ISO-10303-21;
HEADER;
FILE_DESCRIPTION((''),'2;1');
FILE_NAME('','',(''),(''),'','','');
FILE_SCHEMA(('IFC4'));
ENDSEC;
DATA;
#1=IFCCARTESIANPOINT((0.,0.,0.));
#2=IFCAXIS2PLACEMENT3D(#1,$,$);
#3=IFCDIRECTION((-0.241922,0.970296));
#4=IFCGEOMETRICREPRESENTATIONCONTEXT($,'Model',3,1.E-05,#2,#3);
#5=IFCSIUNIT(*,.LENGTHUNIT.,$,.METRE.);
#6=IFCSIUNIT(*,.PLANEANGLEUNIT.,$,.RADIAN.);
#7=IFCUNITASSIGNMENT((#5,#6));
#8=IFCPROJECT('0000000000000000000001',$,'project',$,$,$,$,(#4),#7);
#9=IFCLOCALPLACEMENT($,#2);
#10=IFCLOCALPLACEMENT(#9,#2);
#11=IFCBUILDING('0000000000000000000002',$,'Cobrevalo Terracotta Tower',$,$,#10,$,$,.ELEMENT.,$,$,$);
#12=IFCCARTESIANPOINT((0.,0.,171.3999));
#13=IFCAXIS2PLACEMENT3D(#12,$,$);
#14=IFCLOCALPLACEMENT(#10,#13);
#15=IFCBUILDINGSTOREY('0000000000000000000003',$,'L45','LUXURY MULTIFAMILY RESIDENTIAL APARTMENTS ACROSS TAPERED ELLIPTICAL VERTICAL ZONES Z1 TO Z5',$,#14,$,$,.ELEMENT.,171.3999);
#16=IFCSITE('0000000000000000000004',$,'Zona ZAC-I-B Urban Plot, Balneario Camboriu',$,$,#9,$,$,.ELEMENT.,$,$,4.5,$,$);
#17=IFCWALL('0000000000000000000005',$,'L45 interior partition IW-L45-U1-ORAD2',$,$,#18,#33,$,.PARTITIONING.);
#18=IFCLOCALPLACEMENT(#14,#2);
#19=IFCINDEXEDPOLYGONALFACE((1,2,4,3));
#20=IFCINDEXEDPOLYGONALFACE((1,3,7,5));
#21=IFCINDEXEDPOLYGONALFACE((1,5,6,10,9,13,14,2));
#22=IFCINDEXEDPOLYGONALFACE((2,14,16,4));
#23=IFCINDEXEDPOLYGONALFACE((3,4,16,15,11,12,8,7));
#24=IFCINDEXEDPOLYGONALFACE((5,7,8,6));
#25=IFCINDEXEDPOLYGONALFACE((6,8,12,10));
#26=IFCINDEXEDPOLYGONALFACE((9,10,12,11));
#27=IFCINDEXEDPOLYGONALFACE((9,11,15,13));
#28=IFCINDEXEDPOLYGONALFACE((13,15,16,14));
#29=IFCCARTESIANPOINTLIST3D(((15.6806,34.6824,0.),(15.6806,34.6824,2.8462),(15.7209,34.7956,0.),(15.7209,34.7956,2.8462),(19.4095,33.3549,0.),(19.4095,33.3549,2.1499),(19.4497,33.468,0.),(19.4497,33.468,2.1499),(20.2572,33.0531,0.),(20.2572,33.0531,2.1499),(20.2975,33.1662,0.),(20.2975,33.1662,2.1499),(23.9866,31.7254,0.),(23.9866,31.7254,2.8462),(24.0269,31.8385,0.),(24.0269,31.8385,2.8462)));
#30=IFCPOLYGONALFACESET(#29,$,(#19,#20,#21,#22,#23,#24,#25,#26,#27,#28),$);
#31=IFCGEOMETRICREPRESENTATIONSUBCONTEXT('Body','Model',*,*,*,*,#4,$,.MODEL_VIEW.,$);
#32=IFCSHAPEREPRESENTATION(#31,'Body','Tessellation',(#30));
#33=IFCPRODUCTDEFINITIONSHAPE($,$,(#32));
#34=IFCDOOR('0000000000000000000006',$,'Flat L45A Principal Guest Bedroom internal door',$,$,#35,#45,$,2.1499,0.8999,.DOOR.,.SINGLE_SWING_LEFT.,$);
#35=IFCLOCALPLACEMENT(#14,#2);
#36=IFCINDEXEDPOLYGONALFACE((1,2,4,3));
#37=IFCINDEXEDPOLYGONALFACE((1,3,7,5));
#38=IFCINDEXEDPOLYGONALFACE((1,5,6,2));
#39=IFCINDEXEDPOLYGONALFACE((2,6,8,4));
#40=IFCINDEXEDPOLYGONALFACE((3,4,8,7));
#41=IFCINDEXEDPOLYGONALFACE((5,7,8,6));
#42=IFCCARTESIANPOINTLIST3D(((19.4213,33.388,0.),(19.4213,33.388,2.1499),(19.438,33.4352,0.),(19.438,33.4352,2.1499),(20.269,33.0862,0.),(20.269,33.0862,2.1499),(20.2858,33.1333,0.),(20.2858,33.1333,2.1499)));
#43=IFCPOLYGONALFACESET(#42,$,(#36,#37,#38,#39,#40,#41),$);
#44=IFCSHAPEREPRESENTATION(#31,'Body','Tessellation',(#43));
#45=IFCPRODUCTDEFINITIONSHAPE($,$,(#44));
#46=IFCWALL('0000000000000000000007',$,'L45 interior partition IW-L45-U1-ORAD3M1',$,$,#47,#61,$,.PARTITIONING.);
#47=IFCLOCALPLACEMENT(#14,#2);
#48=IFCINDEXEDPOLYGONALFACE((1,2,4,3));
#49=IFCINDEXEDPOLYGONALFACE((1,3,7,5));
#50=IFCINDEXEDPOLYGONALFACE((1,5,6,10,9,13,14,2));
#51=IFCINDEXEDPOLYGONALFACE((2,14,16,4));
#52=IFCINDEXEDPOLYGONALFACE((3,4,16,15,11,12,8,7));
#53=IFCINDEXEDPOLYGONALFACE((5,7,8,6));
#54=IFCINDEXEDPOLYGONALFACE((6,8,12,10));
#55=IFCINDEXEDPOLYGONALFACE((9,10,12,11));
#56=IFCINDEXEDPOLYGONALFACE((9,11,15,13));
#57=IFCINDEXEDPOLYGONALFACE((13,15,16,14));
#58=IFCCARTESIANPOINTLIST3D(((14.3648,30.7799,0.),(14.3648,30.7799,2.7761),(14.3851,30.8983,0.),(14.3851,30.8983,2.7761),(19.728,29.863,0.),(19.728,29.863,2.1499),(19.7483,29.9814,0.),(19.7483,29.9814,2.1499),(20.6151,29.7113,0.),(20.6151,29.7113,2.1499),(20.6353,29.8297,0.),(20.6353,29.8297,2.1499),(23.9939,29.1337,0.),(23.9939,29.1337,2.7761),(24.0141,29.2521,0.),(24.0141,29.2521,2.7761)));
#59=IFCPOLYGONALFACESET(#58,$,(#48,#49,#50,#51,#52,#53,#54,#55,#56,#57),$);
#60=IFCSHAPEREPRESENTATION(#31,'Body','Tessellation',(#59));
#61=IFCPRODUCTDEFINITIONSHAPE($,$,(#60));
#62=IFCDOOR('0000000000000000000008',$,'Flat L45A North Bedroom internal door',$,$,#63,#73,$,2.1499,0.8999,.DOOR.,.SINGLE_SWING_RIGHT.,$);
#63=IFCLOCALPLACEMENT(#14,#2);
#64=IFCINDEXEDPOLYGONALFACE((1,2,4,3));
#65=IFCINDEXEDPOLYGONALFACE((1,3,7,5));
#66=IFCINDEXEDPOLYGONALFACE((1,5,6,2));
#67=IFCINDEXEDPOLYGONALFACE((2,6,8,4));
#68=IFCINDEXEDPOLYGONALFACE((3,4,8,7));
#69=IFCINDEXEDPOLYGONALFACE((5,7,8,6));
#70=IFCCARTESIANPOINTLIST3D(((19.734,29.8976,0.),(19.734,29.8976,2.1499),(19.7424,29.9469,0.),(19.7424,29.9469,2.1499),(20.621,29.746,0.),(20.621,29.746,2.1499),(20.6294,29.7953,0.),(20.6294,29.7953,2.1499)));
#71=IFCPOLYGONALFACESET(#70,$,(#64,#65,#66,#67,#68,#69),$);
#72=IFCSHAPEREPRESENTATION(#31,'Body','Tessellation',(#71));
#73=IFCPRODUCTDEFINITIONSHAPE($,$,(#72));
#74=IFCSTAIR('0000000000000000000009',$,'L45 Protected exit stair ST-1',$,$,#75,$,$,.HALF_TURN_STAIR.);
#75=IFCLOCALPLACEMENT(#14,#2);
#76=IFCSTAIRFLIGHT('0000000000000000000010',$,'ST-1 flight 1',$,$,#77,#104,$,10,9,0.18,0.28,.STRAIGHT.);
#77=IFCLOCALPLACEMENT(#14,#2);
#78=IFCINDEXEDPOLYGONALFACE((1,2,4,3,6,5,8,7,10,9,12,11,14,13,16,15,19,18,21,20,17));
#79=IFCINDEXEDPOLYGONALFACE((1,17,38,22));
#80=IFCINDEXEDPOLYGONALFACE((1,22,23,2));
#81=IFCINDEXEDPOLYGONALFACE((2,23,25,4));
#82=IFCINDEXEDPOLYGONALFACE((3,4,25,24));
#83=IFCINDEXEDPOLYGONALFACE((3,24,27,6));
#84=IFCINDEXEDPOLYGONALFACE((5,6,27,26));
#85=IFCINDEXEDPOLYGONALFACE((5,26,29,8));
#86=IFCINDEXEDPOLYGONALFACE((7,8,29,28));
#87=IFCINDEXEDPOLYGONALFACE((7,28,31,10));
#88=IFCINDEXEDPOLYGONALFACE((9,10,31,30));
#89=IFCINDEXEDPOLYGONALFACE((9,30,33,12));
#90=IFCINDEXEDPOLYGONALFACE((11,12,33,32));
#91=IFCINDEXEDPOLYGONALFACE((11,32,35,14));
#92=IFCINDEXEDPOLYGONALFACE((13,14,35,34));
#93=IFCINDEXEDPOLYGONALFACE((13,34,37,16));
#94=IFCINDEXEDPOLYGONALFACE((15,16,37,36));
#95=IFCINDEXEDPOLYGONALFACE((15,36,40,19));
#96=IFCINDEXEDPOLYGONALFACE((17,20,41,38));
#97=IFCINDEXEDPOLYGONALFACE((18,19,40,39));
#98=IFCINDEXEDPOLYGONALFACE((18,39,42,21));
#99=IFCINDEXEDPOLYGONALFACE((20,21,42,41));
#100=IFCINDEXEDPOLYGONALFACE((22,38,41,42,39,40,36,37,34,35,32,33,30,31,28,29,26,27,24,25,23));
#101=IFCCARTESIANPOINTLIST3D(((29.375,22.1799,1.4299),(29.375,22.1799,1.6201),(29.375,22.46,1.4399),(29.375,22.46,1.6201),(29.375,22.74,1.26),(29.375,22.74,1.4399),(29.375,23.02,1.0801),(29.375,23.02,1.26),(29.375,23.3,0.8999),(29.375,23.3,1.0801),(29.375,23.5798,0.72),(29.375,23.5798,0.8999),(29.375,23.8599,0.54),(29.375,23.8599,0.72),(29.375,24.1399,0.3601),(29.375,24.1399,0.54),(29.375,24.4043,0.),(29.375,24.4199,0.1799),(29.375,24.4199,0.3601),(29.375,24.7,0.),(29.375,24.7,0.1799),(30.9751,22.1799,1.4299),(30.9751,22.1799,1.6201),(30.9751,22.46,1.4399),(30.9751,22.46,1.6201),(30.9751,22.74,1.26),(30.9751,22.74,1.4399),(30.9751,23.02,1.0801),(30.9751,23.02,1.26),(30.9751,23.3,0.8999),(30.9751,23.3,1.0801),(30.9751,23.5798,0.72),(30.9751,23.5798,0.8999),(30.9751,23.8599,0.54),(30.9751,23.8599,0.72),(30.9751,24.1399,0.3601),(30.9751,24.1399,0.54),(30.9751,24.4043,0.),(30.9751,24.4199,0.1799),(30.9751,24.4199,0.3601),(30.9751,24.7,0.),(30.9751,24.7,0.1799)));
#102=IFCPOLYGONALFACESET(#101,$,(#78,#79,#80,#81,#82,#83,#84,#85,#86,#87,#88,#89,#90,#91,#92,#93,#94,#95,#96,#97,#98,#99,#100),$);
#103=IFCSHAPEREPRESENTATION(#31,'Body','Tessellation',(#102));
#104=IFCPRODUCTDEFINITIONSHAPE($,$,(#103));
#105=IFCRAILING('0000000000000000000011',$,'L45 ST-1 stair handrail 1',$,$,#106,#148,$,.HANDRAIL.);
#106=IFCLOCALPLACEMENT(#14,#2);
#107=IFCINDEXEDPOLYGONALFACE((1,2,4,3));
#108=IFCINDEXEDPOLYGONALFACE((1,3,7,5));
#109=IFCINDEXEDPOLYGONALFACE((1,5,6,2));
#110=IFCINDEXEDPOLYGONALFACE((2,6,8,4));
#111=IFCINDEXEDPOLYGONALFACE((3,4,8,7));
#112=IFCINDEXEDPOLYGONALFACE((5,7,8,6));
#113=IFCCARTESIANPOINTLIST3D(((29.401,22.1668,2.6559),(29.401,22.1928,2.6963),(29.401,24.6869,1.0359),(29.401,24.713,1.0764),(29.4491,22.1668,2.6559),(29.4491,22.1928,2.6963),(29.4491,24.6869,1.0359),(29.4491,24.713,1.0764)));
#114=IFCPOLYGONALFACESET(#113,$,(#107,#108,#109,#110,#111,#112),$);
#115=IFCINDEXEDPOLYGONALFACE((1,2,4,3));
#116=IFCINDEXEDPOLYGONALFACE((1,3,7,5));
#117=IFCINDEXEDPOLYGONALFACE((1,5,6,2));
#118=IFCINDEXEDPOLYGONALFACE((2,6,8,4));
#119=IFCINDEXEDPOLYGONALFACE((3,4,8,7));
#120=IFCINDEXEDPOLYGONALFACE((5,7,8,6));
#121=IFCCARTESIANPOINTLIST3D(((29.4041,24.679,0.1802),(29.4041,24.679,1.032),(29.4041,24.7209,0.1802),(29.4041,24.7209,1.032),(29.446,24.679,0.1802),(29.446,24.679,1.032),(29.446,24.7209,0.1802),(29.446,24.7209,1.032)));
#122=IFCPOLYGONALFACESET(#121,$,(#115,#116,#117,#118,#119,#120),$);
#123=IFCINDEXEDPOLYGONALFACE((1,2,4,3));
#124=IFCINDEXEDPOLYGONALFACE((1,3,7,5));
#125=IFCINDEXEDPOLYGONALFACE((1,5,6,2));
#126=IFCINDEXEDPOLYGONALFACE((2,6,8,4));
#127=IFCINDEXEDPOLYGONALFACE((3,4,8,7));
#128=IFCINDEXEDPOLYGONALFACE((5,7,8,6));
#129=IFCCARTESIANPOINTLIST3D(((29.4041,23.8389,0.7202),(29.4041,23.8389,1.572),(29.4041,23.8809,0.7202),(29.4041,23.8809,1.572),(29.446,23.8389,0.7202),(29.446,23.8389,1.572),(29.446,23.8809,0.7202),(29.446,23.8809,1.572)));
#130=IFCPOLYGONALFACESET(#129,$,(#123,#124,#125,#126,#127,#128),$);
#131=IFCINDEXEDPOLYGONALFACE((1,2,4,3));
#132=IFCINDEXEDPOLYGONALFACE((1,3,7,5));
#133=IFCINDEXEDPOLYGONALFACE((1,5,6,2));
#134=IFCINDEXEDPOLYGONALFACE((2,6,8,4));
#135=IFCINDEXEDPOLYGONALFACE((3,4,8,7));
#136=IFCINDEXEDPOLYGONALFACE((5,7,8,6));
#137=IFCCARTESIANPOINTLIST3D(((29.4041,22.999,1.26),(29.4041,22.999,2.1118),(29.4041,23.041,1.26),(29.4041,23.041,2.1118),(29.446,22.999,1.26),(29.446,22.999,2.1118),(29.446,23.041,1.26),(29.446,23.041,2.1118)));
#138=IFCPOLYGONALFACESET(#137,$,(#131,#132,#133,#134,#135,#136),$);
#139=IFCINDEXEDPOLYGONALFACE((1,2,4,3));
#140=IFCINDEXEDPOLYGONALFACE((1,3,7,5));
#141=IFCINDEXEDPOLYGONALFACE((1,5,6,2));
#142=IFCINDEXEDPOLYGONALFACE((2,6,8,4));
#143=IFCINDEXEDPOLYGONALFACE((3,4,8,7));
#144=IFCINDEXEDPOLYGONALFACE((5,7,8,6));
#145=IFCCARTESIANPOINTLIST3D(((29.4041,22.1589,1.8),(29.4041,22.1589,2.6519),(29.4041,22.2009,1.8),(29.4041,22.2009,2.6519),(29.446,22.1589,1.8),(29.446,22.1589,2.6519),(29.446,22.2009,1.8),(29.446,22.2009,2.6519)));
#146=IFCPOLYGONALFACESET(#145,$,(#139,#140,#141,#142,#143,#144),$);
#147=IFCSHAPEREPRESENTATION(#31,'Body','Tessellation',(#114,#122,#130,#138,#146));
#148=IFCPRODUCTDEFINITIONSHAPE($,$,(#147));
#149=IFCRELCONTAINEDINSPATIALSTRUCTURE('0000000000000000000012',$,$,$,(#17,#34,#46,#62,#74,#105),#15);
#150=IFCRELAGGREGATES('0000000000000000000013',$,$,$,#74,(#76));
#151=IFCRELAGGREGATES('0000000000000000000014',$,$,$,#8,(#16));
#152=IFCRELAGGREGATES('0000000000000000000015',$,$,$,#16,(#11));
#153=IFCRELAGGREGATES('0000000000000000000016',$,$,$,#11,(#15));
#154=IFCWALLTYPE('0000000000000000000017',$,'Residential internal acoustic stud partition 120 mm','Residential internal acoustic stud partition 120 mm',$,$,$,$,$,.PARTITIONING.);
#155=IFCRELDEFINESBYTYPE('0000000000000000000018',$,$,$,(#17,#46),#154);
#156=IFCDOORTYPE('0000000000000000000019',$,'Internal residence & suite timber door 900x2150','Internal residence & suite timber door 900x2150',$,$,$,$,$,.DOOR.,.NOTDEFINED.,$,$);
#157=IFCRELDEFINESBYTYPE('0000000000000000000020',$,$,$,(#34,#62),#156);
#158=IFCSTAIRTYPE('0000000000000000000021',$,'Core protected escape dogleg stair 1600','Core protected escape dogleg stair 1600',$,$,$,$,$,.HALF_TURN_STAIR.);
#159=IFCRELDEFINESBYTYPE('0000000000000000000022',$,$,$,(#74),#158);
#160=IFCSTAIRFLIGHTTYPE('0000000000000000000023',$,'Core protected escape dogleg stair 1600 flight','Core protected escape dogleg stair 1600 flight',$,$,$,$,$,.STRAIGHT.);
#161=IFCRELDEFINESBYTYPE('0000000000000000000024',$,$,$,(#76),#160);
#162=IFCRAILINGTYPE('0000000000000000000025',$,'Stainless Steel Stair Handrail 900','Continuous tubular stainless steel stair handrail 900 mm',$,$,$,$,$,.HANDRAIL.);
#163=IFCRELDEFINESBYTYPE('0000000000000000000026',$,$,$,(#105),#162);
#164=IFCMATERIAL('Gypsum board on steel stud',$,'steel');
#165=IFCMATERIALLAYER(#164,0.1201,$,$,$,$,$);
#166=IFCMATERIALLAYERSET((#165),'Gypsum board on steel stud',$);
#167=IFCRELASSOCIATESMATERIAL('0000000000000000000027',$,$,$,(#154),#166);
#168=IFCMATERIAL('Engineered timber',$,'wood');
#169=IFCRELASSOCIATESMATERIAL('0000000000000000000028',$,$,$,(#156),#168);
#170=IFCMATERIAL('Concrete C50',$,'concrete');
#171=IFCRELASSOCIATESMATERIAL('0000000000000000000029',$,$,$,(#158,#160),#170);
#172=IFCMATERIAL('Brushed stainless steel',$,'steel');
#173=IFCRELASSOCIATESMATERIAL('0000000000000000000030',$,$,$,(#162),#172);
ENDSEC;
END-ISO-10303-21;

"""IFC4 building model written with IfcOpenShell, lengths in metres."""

from ifc_helpers import new_model, si_unit, direction, frame, frame_2d, origin, origin_2d, place, context, subcontext, project, spatial, polyline, rectangle, outline, extrude, source, transform, mapped, material, layer, layer_set, type_object, element, fill, aggregate, save


model = new_model("IFC4")

# Units and contexts
model_context = context("Model", 3, precision=1e-05, world=origin(), true_north=direction((-0.241922, 0.970296)))
body_context = subcontext(model_context, "Body", "Model", "MODEL_VIEW")
ifc_project = project(units=[si_unit("LENGTHUNIT", "METRE"), si_unit("PLANEANGLEUNIT", "RADIAN")], contexts=[model_context])

# Site, building, storey
site_placement = place(None, origin())
site = spatial("IfcSite", under=ifc_project, at=site_placement, Name="Zona ZAC-I-B Urban Plot, Balneario Camboriu", CompositionType="ELEMENT", RefElevation=4.5)
building_placement = place(site_placement, origin())
building = spatial("IfcBuilding", under=site, at=building_placement, Name="Cobrevalo Terracotta Tower", CompositionType="ELEMENT")
storey_placement = place(building_placement, frame((0.0, 0.0, 171.3999)))
storey = spatial("IfcBuildingStorey", under=building, at=storey_placement, Name="L45", Description="LUXURY MULTIFAMILY RESIDENTIAL APARTMENTS ACROSS TAPERED ELLIPTICAL VERTICAL ZONES Z1 TO Z5", CompositionType="ELEMENT", Elevation=171.3999)

# Shared definitions
ifc_material_1 = material(Name="Gypsum board on steel stud", Category="steel")

# Shared definitions
ifc_material_2 = material(Name="Brushed stainless steel", Category="steel")

# Walls, openings, doors
ifc_layer_1 = layer(ifc_material_1, 0.1201)
ifc_layer_set_1 = layer_set([ifc_layer_1], Name="Gypsum board on steel stud")
wall_type_1 = type_object("IfcWallType", Name="Residential internal acoustic stud partition 120 mm", Description="Residential internal acoustic stud partition 120 mm", PredefinedType="PARTITIONING", material=ifc_layer_set_1)
wall_1_placement = place(storey_placement, frame((24.0066, 31.782, 0.0), z_axis=(0.0, 0.0, 1.0), x_axis=(-0.942078, 0.335394, 0.0)))
wall_1 = element("IfcWall", 1, at=wall_1_placement, inside=storey, type_object=wall_type_1, Name="L45 interior partition IW-L45-U1-ORAD2", PredefinedType="PARTITIONING", context=body_context, shape_type="SweptSolid", body=[
    extrude(rectangle(XDim=8.8167, YDim=0.1201, at=frame_2d((4.4082, 0.0))), origin(), (0.0, 0.0, 1.0), 2.8462),
])
opening_1_placement = place(wall_1_placement, frame((3.9585, 0.0, 0.0)))
opening_1 = element("IfcOpeningElement", 2, at=opening_1_placement, cuts=wall_1, PredefinedType="OPENING", context=body_context, shape_type="SweptSolid", body=[
    extrude(rectangle(XDim=0.8999, YDim=2.1499, at=frame_2d((0.45, 1.075))), frame((0.0, 0.0701, 0.0), z_axis=(0.0, -1.0, 0.0), x_axis=(1.0, 0.0, 0.0)), (0.0, 0.0, 1.0), 0.1401),
])
ifc_material_3 = material(Name="Engineered timber", Category="wood")
door_type_1 = type_object("IfcDoorType", Name="Internal residence & suite timber door 900x2150", Description="Internal residence & suite timber door 900x2150", OperationType="NOTDEFINED", PredefinedType="DOOR", material=ifc_material_3)
shared_shape_1 = source(origin(), body_context, "Body", "SweptSolid", [
    extrude(rectangle(XDim=0.8999, YDim=2.1499, at=frame_2d((0.45, 1.075))), frame((0.0, 0.0249, 0.0), z_axis=(0.0, -1.0, 0.0), x_axis=(1.0, 0.0, 0.0)), (0.0, 0.0, 1.0), 0.05),
])
door_1_placement = place(opening_1_placement, origin())
door_1 = element("IfcDoor", 3, at=door_1_placement, inside=storey, type_object=door_type_1, Name="Flat L45A Principal Guest Bedroom internal door", OperationType="SINGLE_SWING_LEFT", OverallHeight=2.1499, OverallWidth=0.8999, PredefinedType="DOOR", context=body_context, shape_type="MappedRepresentation", body=[
    mapped(shared_shape_1, transform((0.0, 0.0, 0.0), scale=1.0)),
])
fill(opening_1, door_1)
wall_2_placement = place(storey_placement, frame((24.0039, 29.1929, 0.0), z_axis=(0.0, 0.0, 1.0), x_axis=(-0.985698, 0.168519, 0.0)))
wall_2 = element("IfcWall", 4, at=wall_2_placement, inside=storey, type_object=wall_type_1, Name="L45 interior partition IW-L45-U1-ORAD3M1", PredefinedType="PARTITIONING", context=body_context, shape_type="SweptSolid", body=[
    extrude(rectangle(XDim=9.7688, YDim=0.1201, at=frame_2d((4.8843, 0.0))), origin(), (0.0, 0.0, 1.0), 2.7761),
])
opening_2_placement = place(wall_2_placement, frame((3.4277, 0.0, 0.0)))
opening_2 = element("IfcOpeningElement", 5, at=opening_2_placement, cuts=wall_2, PredefinedType="OPENING", context=body_context, shape_type="SweptSolid", body=[
    extrude(rectangle(XDim=0.8999, YDim=2.1499, at=frame_2d((0.45, 1.075))), frame((0.0, 0.0701, 0.0), z_axis=(0.0, -1.0, 0.0), x_axis=(1.0, 0.0, 0.0)), (0.0, 0.0, 1.0), 0.1401),
])
door_2_placement = place(opening_2_placement, origin())
door_2 = element("IfcDoor", 6, at=door_2_placement, inside=storey, type_object=door_type_1, Name="Flat L45A North Bedroom internal door", OperationType="SINGLE_SWING_RIGHT", OverallHeight=2.1499, OverallWidth=0.8999, PredefinedType="DOOR", context=body_context, shape_type="MappedRepresentation", body=[
    mapped(shared_shape_1, transform((0.0, 0.0, 0.0), scale=1.0)),
])
fill(opening_2, door_2)
ifc_material_4 = material(Name="Concrete C50", Category="concrete")

# Stair, stair flight
stair_type = type_object("IfcStairType", Name="Core protected escape dogleg stair 1600", Description="Core protected escape dogleg stair 1600", PredefinedType="HALF_TURN_STAIR", material=ifc_material_4)
stair_placement = place(storey_placement, origin())
stair = element("IfcStair", 7, at=stair_placement, inside=storey, type_object=stair_type, Name="L45 Protected exit stair ST-1", PredefinedType="HALF_TURN_STAIR")
stair_flight_type = type_object("IfcStairFlightType", Name="Core protected escape dogleg stair 1600 flight", Description="Core protected escape dogleg stair 1600 flight", PredefinedType="STRAIGHT", material=ifc_material_4)
stair_flight_placement = place(storey_placement, frame((30.175, 24.7, 0.0), z_axis=(0.0, 0.0, 1.0), x_axis=(0.0, -1.0, 0.0)))
stair_flight = element("IfcStairFlight", 8, at=stair_flight_placement, type_object=stair_flight_type, Name="ST-1 flight 1", NumberOfRisers=10, NumberOfTreads=9, PredefinedType="STRAIGHT", RiserHeight=0.18, TreadLength=0.28, context=body_context, shape_type="SweptSolid", body=[
    extrude(outline(polyline([(0.0, 0.0), (0.0, 0.1799), (0.28, 0.1799), (0.28, 0.3601), (0.5601, 0.3601), (0.5601, 0.54), (0.8401, 0.54), (0.8401, 0.72), (1.1201, 0.72), (1.1201, 0.8999), (1.3999, 0.8999), (1.3999, 1.0801), (1.6799, 1.0801), (1.6799, 1.26), (1.96, 1.26), (1.96, 1.4399), (2.24, 1.4399), (2.24, 1.6201), (2.52, 1.6201), (2.52, 1.8), (2.52, 1.4299), (0.2957, 0.0), (0.0, 0.0)])), frame((0.0, 0.8, 0.0), z_axis=(0.0, -1.0, 0.0), x_axis=(1.0, 0.0, 0.0)), (0.0, 0.0, 1.0), 1.6001),
])
aggregate(stair, [stair_flight])

# Railing
railing_type_1 = type_object("IfcRailingType", Name="Stainless Steel Stair Handrail 900", Description="Continuous tubular stainless steel stair handrail 900 mm", PredefinedType="HANDRAIL", material=ifc_material_2)
railing_1_placement = place(storey_placement, frame((29.425, 24.7, 0.1802)))
element("IfcRailing", 9, at=railing_1_placement, inside=storey, type_object=railing_type_1, Name="L45 ST-1 stair handrail 1", PredefinedType="HANDRAIL", context=body_context, shape_type="SweptSolid", body=[
    extrude(rectangle(XDim=0.0481, YDim=0.0481, at=origin_2d()), frame((0.0, 0.0, 0.876), z_axis=(0.0, -0.8412, 0.540725), x_axis=(1.0, 0.0, 0.0)), (0.0, 0.0, 1.0), 2.9958),
    extrude(rectangle(XDim=0.042, YDim=0.042, at=origin_2d()), origin(), (0.0, 0.0, 1.0), 0.8518),
    extrude(rectangle(XDim=0.042, YDim=0.042, at=origin_2d()), frame((0.0, -0.8401, 0.54)), (0.0, 0.0, 1.0), 0.8518),
    extrude(rectangle(XDim=0.042, YDim=0.042, at=origin_2d()), frame((0.0, -1.6799, 1.0798)), (0.0, 0.0, 1.0), 0.8518),
    extrude(rectangle(XDim=0.042, YDim=0.042, at=origin_2d()), frame((0.0, -2.52, 1.6199)), (0.0, 0.0, 1.0), 0.8518),
])

save(model, "model.ifc")
